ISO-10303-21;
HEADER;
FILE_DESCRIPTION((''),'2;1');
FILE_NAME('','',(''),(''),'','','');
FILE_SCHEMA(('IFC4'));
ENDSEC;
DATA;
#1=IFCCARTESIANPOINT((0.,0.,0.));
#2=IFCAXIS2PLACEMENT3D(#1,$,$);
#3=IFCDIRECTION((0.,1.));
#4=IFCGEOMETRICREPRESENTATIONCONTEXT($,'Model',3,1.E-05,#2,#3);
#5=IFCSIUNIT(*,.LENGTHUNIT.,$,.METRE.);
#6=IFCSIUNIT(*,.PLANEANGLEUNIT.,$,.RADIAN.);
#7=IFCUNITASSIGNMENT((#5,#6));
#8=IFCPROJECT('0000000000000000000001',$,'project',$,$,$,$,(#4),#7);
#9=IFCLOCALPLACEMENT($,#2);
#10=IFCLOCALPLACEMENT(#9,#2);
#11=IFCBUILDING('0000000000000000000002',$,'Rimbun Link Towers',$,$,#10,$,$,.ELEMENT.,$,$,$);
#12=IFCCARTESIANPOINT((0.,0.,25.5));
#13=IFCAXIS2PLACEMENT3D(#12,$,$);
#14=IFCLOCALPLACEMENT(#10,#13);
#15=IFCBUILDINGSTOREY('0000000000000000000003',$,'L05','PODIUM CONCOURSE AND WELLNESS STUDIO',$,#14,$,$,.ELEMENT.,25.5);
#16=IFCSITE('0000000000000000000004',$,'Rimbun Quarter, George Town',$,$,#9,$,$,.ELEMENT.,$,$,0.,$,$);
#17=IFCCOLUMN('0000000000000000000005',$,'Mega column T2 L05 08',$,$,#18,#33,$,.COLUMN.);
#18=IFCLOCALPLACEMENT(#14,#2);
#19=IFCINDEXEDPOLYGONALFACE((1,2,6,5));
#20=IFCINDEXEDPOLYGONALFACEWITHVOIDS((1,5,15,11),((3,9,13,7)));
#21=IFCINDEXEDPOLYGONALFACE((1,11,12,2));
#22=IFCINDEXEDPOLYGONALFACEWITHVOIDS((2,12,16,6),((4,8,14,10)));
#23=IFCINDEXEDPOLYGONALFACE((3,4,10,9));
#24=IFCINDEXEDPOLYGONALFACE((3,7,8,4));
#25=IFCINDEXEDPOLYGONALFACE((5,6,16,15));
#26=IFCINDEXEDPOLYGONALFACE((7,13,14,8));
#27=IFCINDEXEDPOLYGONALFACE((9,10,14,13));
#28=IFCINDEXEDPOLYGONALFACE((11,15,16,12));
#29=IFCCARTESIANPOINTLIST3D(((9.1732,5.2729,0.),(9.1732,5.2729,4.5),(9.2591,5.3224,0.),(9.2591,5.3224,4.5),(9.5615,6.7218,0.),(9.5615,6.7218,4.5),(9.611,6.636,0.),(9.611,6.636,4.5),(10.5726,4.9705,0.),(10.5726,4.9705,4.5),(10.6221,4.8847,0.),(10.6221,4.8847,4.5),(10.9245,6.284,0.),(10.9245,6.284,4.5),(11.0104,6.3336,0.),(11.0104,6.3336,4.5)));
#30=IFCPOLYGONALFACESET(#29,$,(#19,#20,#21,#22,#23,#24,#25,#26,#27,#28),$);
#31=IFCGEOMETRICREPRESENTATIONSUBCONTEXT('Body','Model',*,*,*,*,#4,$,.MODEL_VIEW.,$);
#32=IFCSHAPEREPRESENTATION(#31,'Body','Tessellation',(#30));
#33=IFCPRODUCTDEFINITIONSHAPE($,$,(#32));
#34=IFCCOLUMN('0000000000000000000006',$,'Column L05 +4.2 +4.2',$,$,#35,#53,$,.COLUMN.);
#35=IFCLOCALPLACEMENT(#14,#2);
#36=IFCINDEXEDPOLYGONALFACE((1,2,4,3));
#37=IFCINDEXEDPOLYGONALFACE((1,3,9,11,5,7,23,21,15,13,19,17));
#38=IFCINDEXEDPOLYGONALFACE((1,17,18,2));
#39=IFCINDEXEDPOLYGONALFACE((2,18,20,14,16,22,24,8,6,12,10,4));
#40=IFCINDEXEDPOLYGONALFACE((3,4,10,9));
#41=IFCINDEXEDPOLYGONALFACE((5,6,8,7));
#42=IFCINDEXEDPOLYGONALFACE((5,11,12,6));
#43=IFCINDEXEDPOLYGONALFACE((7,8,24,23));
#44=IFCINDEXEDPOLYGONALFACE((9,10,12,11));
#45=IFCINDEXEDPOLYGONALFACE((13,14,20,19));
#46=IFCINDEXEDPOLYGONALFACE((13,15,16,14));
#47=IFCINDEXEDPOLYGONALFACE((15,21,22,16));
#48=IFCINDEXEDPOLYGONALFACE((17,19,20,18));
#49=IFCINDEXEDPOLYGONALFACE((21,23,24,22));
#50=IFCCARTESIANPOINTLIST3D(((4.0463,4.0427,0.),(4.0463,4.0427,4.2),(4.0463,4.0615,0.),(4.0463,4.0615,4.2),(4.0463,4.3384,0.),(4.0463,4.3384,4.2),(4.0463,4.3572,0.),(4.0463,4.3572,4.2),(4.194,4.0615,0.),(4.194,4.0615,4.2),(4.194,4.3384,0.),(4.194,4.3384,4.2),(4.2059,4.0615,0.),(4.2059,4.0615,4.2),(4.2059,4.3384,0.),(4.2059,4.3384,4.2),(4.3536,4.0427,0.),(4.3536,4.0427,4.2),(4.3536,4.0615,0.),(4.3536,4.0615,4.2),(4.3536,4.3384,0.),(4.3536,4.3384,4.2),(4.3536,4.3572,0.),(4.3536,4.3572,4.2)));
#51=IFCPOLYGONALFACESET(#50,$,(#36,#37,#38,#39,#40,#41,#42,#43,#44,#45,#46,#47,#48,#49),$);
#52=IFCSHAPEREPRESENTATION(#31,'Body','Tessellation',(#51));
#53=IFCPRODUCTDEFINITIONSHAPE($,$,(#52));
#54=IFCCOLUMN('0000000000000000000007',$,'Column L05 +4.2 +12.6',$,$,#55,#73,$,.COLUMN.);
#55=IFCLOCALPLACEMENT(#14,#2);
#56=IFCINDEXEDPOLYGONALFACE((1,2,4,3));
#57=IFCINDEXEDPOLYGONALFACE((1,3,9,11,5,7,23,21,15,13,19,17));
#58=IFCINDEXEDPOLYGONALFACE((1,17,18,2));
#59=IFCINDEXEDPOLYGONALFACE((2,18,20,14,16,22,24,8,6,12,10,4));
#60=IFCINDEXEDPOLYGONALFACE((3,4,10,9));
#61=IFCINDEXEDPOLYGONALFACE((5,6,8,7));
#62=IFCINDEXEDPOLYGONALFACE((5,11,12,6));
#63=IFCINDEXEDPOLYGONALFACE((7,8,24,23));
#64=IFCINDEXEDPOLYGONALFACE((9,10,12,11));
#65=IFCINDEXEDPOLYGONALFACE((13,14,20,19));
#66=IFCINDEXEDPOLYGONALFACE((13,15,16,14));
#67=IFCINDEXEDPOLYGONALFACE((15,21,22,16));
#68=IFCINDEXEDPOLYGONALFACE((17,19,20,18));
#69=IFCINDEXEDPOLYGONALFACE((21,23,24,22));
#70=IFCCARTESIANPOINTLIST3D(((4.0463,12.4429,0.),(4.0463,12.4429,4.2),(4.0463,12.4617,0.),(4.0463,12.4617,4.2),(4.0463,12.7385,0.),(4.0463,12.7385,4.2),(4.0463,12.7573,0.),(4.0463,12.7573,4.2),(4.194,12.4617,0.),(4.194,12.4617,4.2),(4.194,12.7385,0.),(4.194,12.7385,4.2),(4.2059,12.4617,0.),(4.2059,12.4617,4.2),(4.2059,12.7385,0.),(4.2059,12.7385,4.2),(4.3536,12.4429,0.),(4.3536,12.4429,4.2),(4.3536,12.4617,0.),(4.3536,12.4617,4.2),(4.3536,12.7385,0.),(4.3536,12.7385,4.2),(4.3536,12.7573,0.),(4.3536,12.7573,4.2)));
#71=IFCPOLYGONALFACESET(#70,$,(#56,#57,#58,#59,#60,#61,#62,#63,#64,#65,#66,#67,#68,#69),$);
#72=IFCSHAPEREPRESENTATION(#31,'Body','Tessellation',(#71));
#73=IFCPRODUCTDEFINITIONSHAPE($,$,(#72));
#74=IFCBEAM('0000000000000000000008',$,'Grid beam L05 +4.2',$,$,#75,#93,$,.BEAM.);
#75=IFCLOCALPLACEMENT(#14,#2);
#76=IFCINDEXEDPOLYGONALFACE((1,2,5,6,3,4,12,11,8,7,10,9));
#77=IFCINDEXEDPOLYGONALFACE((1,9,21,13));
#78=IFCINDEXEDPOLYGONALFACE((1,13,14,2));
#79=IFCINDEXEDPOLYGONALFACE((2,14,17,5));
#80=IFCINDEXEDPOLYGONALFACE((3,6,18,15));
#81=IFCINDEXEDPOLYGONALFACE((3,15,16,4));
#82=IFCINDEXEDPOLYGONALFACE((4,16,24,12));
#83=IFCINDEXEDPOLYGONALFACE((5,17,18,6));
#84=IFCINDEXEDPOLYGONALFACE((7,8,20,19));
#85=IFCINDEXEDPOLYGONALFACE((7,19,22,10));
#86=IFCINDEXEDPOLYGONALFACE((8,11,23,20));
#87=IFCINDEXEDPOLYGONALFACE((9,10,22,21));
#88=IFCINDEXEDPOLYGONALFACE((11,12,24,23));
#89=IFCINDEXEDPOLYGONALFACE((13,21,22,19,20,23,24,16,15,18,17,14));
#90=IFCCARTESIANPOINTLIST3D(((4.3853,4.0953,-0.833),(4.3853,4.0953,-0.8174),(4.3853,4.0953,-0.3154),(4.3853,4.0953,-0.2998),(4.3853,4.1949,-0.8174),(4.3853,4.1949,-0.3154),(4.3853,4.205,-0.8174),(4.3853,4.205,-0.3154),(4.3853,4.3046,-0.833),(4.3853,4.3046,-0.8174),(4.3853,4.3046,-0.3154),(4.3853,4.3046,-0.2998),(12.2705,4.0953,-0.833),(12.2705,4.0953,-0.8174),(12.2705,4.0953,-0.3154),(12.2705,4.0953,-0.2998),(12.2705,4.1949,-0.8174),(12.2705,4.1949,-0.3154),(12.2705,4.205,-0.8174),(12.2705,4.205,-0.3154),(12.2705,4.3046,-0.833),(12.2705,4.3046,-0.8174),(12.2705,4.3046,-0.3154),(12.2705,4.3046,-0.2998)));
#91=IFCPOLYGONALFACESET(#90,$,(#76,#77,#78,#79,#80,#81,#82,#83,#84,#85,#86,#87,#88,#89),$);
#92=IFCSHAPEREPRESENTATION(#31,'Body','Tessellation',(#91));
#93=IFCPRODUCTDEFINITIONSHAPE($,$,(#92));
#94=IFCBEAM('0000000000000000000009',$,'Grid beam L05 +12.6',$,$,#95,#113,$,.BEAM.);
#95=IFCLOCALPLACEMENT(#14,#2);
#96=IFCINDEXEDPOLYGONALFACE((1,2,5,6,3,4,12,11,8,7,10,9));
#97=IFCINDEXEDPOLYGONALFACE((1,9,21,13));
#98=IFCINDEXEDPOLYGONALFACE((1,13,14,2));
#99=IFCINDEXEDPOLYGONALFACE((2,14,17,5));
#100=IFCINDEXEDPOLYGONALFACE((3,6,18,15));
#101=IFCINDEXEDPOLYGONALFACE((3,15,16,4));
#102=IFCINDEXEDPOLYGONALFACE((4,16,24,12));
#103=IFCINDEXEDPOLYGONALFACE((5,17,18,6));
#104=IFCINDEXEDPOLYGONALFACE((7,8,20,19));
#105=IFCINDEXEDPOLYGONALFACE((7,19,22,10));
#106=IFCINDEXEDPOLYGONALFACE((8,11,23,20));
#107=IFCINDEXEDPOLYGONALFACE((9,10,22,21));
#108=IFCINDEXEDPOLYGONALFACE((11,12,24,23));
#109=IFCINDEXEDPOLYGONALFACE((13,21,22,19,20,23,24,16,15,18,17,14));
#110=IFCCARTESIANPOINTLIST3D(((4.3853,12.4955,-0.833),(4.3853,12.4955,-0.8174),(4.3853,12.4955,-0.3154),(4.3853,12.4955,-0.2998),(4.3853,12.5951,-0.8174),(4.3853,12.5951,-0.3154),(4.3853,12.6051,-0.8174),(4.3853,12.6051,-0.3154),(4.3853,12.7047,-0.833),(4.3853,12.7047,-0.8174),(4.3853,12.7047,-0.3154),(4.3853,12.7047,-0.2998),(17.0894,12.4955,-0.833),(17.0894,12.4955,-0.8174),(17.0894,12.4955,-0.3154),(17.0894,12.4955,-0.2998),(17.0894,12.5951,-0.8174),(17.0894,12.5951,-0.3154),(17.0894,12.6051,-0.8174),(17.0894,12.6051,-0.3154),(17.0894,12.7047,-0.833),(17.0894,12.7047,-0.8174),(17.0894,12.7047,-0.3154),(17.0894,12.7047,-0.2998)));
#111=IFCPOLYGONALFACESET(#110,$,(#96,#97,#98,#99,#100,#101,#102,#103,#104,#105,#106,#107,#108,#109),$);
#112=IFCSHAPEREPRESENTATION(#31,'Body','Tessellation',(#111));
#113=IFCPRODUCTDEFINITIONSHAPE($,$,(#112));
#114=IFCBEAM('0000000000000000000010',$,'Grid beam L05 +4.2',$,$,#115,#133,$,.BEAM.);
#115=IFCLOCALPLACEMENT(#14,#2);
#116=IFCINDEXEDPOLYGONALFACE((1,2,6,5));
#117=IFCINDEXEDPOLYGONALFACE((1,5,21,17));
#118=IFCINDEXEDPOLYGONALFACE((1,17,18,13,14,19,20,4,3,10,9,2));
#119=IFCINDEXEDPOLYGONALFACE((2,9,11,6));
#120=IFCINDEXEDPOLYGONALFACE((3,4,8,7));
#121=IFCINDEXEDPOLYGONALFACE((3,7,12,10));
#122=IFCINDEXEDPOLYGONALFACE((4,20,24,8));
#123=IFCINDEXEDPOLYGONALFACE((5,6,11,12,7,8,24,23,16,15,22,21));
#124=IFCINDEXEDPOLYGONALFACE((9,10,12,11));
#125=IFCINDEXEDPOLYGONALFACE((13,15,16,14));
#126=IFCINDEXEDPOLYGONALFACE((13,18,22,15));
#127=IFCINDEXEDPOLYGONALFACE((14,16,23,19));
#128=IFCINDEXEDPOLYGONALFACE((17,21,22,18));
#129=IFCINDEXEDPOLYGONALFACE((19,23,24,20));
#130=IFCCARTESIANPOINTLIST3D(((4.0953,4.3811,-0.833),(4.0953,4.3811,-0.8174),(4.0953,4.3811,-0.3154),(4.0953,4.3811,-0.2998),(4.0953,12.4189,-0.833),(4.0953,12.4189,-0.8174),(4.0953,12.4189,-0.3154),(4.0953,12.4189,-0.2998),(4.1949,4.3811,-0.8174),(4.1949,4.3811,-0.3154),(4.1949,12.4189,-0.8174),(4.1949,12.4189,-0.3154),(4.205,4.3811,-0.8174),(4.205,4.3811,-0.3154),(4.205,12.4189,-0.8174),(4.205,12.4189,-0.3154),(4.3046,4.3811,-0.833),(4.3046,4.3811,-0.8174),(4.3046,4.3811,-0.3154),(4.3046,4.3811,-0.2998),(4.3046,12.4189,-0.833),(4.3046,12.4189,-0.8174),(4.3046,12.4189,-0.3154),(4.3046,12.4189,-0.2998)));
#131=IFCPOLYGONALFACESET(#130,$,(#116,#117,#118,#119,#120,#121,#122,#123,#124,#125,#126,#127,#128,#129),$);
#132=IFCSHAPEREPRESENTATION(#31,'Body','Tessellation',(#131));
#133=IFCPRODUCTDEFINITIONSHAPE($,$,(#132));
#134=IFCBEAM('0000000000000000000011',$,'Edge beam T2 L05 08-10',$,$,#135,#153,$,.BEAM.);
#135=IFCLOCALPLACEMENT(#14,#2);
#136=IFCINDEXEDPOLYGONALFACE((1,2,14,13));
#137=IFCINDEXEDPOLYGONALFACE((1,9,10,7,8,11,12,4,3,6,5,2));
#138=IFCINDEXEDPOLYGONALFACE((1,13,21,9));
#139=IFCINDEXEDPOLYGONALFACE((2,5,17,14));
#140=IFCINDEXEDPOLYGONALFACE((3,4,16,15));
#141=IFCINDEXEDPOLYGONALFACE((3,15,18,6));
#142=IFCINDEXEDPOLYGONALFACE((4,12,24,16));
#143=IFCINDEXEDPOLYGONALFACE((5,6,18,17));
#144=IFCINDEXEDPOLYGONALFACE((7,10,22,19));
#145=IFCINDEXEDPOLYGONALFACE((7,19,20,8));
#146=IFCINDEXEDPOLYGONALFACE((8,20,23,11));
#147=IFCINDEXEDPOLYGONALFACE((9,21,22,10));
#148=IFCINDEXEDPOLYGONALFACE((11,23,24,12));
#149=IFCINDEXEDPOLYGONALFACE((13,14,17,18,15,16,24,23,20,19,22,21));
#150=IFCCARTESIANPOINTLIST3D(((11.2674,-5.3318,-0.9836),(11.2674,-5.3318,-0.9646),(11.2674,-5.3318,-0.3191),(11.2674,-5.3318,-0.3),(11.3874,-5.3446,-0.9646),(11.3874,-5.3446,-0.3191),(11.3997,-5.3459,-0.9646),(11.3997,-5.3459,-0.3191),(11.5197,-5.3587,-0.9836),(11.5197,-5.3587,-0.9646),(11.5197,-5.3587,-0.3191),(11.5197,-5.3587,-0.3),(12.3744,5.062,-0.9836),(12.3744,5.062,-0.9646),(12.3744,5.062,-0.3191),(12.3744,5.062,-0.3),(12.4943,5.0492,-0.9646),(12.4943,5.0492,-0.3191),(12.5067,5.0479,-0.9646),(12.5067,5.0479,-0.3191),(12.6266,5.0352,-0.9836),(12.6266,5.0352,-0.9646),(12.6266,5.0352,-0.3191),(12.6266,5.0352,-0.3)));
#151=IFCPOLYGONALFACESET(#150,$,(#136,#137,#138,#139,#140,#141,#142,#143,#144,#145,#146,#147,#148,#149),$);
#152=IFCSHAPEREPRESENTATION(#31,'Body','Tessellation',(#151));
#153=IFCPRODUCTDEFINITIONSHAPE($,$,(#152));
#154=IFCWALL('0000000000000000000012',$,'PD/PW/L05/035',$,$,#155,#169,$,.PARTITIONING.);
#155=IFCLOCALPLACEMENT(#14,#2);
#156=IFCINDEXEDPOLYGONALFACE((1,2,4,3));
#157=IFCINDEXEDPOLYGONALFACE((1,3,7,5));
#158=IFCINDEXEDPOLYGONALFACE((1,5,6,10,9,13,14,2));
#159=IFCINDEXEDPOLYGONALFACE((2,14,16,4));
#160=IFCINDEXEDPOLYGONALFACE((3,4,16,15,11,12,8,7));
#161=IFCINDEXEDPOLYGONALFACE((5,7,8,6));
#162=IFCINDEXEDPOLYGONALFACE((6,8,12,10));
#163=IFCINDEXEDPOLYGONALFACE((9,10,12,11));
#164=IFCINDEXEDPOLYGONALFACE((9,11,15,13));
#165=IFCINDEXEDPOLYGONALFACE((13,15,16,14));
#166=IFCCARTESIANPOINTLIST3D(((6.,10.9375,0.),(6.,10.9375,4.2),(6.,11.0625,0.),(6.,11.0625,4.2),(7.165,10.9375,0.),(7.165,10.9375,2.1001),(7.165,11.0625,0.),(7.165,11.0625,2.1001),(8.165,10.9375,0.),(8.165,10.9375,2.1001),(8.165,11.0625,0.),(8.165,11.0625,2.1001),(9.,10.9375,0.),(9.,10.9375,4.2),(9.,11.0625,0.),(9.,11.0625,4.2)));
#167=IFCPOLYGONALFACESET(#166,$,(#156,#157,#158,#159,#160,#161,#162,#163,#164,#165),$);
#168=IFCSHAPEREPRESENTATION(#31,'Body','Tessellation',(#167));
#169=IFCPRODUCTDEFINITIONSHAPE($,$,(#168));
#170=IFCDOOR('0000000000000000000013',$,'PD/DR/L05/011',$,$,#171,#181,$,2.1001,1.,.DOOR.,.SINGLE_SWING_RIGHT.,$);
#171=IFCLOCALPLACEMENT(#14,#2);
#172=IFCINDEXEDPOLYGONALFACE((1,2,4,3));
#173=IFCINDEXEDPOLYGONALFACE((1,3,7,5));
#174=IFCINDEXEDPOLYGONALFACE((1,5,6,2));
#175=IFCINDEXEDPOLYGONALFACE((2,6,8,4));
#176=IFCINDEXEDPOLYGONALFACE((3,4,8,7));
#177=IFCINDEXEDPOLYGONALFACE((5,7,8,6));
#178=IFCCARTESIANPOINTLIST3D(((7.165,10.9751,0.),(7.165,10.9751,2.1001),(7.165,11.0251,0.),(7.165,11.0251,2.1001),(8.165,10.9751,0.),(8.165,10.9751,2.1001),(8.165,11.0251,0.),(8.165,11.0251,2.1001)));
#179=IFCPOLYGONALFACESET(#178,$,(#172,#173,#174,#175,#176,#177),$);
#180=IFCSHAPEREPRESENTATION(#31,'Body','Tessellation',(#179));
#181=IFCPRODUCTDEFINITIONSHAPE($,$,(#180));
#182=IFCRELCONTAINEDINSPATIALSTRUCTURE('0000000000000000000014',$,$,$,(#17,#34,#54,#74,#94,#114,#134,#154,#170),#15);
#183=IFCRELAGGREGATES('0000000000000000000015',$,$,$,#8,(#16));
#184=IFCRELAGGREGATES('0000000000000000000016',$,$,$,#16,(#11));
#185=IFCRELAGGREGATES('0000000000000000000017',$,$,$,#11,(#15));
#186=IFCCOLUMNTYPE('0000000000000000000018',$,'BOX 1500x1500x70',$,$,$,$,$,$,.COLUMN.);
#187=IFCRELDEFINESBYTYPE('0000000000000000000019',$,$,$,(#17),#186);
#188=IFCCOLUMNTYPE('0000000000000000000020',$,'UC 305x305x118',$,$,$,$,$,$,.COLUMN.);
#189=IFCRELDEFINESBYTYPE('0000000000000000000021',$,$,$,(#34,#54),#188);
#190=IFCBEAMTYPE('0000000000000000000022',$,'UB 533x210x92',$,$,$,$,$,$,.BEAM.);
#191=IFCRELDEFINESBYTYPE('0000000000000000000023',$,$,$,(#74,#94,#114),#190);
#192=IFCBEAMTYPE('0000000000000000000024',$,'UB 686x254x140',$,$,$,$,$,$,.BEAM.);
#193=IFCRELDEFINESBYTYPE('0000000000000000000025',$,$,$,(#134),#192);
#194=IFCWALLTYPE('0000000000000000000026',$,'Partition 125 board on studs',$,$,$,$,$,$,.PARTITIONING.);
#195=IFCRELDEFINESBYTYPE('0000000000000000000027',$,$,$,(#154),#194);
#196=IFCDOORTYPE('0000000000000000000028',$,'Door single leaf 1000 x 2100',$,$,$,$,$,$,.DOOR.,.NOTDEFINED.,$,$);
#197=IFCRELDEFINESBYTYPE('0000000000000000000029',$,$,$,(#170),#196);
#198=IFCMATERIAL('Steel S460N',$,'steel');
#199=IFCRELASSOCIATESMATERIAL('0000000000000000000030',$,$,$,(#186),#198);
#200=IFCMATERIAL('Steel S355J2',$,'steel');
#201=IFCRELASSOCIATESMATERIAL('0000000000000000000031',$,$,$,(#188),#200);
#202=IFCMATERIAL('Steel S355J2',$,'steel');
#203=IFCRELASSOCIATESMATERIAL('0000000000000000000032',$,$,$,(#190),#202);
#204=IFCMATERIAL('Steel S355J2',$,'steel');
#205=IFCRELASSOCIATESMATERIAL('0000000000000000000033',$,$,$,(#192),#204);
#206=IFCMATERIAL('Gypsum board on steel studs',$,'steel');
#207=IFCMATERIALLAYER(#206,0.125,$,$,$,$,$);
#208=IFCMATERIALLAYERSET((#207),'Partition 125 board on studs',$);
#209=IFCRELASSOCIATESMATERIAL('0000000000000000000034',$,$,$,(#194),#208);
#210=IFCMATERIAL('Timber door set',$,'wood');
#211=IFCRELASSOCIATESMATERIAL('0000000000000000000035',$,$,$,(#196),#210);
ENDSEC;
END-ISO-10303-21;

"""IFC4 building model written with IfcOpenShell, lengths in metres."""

from ifc_helpers import new_model, si_unit, direction, frame, frame_2d, origin, origin_2d, place, context, subcontext, project, spatial, rectangle, hollow_rectangle, i_section, extrude, material, layer, layer_set, material_profile, profile_set, type_object, element, fill, save


model = new_model("IFC4")

# Units and contexts
model_context = context("Model", 3, precision=1e-05, world=origin(), true_north=direction((0.0, 1.0)))
body_context = subcontext(model_context, "Body", "Model", "MODEL_VIEW")
ifc_project = project(units=[si_unit("LENGTHUNIT", "METRE"), si_unit("PLANEANGLEUNIT", "RADIAN")], contexts=[model_context])

# Site, building, storey
site_placement = place(None, origin())
site = spatial("IfcSite", under=ifc_project, at=site_placement, Name="Rimbun Quarter, George Town", CompositionType="ELEMENT", RefElevation=0.0)
building_placement = place(site_placement, origin())
building = spatial("IfcBuilding", under=site, at=building_placement, Name="Rimbun Link Towers", CompositionType="ELEMENT")
storey_placement = place(building_placement, frame((0.0, 0.0, 25.5)))
storey = spatial("IfcBuildingStorey", under=building, at=storey_placement, Name="L05", Description="PODIUM CONCOURSE AND WELLNESS STUDIO", CompositionType="ELEMENT", Elevation=25.5)

# Columns
ifc_material_1 = material(Name="Steel S460N", Category="steel")
ifc_material_profile_1 = material_profile(ifc_material_1, hollow_rectangle(XDim=1.5, YDim=1.5, WallThickness=0.0701, at=origin_2d()), Name="BOX 1500x1500x70")
ifc_profile_set_1 = profile_set([ifc_material_profile_1], Name="Steel S460N")
column_type_1 = type_object("IfcColumnType", Name="BOX 1500x1500x70", PredefinedType="COLUMN", material=ifc_profile_set_1)
column_placement = place(storey_placement, frame((10.0918, 5.8032, 0.0), z_axis=(0.0, 0.0, 1.0), x_axis=(-0.965926, 0.258819, 0.0)))
element("IfcColumn", 1, at=column_placement, inside=storey, type_object=column_type_1, Name="Mega column T2 L05 08", PredefinedType="COLUMN", context=body_context, shape_type="SweptSolid", body=[
    extrude(hollow_rectangle(XDim=1.5, YDim=1.5, WallThickness=0.0701, at=origin_2d()), origin(), (0.0, 0.0, 1.0), 4.5),
])
ifc_material_2 = material(Name="Steel S355J2", Category="steel")
ifc_material_profile_2 = material_profile(ifc_material_2, i_section(OverallWidth=0.3074, OverallDepth=0.3145, WebThickness=0.012, FlangeThickness=0.0188, at=origin_2d()), Name="UC 305x305x118")
ifc_profile_set_2 = profile_set([ifc_material_profile_2], Name="Steel S355J2")
column_type_2 = type_object("IfcColumnType", Name="UC 305x305x118", PredefinedType="COLUMN", material=ifc_profile_set_2)
for number, where, z_axis, x_axis, name in (
    (2, (4.2, 4.2, 0.0), (0.0, 0.0, 1.0), (1.0, 0.0, 0.0), "Column L05 +4.2 +4.2"),
    (3, (4.2, 12.6001, 0.0), (0.0, 0.0, 1.0), (1.0, 0.0, 0.0), "Column L05 +4.2 +12.6"),
):
    element("IfcColumn", number, at=place(storey_placement, frame(where, z_axis=z_axis, x_axis=x_axis)), inside=storey, type_object=column_type_2, Name=name, PredefinedType="COLUMN", context=body_context, shape_type="SweptSolid", body=[
        extrude(i_section(OverallWidth=0.3074, OverallDepth=0.3145, WebThickness=0.012, FlangeThickness=0.0188, at=origin_2d()), origin(), (0.0, 0.0, 1.0), 4.2),
    ])

# Beams
ifc_material_3 = material(Name="Steel S355J2", Category="steel")
ifc_material_profile_3 = material_profile(ifc_material_3, i_section(OverallWidth=0.2092, OverallDepth=0.5332, WebThickness=0.01, FlangeThickness=0.0156, at=origin_2d()), Name="UB 533x210x92")
ifc_profile_set_3 = profile_set([ifc_material_profile_3], Name="Steel S355J2")
beam_type_1 = type_object("IfcBeamType", Name="UB 533x210x92", PredefinedType="BEAM", material=ifc_profile_set_3)
beam_1_placement = place(storey_placement, frame((4.3853, 4.2, -0.5664), z_axis=(1.0, 0.0, 0.0), x_axis=(0.0, 1.0, 0.0)))
element("IfcBeam", 4, at=beam_1_placement, inside=storey, type_object=beam_type_1, Name="Grid beam L05 +4.2", PredefinedType="BEAM", context=body_context, shape_type="SweptSolid", body=[
    extrude(i_section(OverallWidth=0.2092, OverallDepth=0.5332, WebThickness=0.01, FlangeThickness=0.0156, at=origin_2d()), origin(), (0.0, 0.0, 1.0), 7.8853),
])
beam_2_placement = place(storey_placement, frame((4.3853, 12.6001, -0.5664), z_axis=(1.0, 0.0, 0.0), x_axis=(0.0, 1.0, 0.0)))
element("IfcBeam", 5, at=beam_2_placement, inside=storey, type_object=beam_type_1, Name="Grid beam L05 +12.6", PredefinedType="BEAM", context=body_context, shape_type="SweptSolid", body=[
    extrude(i_section(OverallWidth=0.2092, OverallDepth=0.5332, WebThickness=0.01, FlangeThickness=0.0156, at=origin_2d()), origin(), (0.0, 0.0, 1.0), 12.7041),
])
beam_3_placement = place(storey_placement, frame((4.2, 4.3811, -0.5664), z_axis=(0.0, 1.0, 0.0), x_axis=(-1.0, 0.0, 0.0)))
element("IfcBeam", 6, at=beam_3_placement, inside=storey, type_object=beam_type_1, Name="Grid beam L05 +4.2", PredefinedType="BEAM", context=body_context, shape_type="SweptSolid", body=[
    extrude(i_section(OverallWidth=0.2092, OverallDepth=0.5332, WebThickness=0.01, FlangeThickness=0.0156, at=origin_2d()), origin(), (0.0, 0.0, 1.0), 8.0378),
])
ifc_material_4 = material(Name="Steel S355J2", Category="steel")
ifc_material_profile_4 = material_profile(ifc_material_4, i_section(OverallWidth=0.2537, OverallDepth=0.6836, WebThickness=0.0125, FlangeThickness=0.019, at=origin_2d()), Name="UB 686x254x140")
ifc_profile_set_4 = profile_set([ifc_material_profile_4], Name="Steel S355J2")
beam_type_2 = type_object("IfcBeamType", Name="UB 686x254x140", PredefinedType="BEAM", material=ifc_profile_set_4)
beam_4_placement = place(storey_placement, frame((12.5005, 5.0486, -0.6418), z_axis=(-0.105901, -0.994377, 0.0), x_axis=(0.994377, -0.105901, 0.0)))
element("IfcBeam", 7, at=beam_4_placement, inside=storey, type_object=beam_type_2, Name="Edge beam T2 L05 08-10", PredefinedType="BEAM", context=body_context, shape_type="SweptSolid", body=[
    extrude(i_section(OverallWidth=0.2537, OverallDepth=0.6836, WebThickness=0.0125, FlangeThickness=0.019, at=origin_2d()), origin(), (0.0, 0.0, 1.0), 10.4526),
])

# Wall, opening, door
ifc_material_5 = material(Name="Gypsum board on steel studs", Category="steel")
ifc_layer_1 = layer(ifc_material_5, 0.125)
ifc_layer_set_1 = layer_set([ifc_layer_1], Name="Partition 125 board on studs")
wall_type_1 = type_object("IfcWallType", Name="Partition 125 board on studs", PredefinedType="PARTITIONING", material=ifc_layer_set_1)
wall_1_placement = place(storey_placement, frame((9.0, 11.0, 0.0), z_axis=(0.0, 0.0, 1.0), x_axis=(-1.0, 0.0, 0.0)))
wall_1 = element("IfcWall", 8, at=wall_1_placement, inside=storey, type_object=wall_type_1, Name="PD/PW/L05/035", PredefinedType="PARTITIONING", context=body_context, shape_type="SweptSolid", body=[
    extrude(rectangle(XDim=3.0, YDim=0.125, at=frame_2d((1.5, 0.0))), origin(), (0.0, 0.0, 1.0), 4.2),
])
opening_1_placement = place(wall_1_placement, frame((0.835, 0.0, 0.0)))
opening_1 = element("IfcOpeningElement", 9, at=opening_1_placement, cuts=wall_1, PredefinedType="OPENING", context=body_context, shape_type="SweptSolid", body=[
    extrude(rectangle(XDim=1.0, YDim=2.1001, at=frame_2d((0.5, 1.05))), frame((0.0, 0.0725, 0.0), z_axis=(0.0, -1.0, 0.0), x_axis=(1.0, 0.0, 0.0)), (0.0, 0.0, 1.0), 0.145),
])
ifc_material_6 = material(Name="Timber door set", Category="wood")
door_type = type_object("IfcDoorType", Name="Door single leaf 1000 x 2100", OperationType="NOTDEFINED", PredefinedType="DOOR", material=ifc_material_6)
door_1_placement = place(opening_1_placement, origin())
door_1 = element("IfcDoor", 10, at=door_1_placement, inside=storey, type_object=door_type, Name="PD/DR/L05/011", OperationType="SINGLE_SWING_RIGHT", OverallHeight=2.1001, OverallWidth=1.0, PredefinedType="DOOR", context=body_context, shape_type="SweptSolid", body=[
    extrude(rectangle(XDim=1.0, YDim=2.1001, at=frame_2d((0.5, 1.05))), frame((0.0, 0.0249, 0.0), z_axis=(0.0, -1.0, 0.0), x_axis=(1.0, 0.0, 0.0)), (0.0, 0.0, 1.0), 0.05),
])
fill(opening_1, door_1)

save(model, "model.ifc")
